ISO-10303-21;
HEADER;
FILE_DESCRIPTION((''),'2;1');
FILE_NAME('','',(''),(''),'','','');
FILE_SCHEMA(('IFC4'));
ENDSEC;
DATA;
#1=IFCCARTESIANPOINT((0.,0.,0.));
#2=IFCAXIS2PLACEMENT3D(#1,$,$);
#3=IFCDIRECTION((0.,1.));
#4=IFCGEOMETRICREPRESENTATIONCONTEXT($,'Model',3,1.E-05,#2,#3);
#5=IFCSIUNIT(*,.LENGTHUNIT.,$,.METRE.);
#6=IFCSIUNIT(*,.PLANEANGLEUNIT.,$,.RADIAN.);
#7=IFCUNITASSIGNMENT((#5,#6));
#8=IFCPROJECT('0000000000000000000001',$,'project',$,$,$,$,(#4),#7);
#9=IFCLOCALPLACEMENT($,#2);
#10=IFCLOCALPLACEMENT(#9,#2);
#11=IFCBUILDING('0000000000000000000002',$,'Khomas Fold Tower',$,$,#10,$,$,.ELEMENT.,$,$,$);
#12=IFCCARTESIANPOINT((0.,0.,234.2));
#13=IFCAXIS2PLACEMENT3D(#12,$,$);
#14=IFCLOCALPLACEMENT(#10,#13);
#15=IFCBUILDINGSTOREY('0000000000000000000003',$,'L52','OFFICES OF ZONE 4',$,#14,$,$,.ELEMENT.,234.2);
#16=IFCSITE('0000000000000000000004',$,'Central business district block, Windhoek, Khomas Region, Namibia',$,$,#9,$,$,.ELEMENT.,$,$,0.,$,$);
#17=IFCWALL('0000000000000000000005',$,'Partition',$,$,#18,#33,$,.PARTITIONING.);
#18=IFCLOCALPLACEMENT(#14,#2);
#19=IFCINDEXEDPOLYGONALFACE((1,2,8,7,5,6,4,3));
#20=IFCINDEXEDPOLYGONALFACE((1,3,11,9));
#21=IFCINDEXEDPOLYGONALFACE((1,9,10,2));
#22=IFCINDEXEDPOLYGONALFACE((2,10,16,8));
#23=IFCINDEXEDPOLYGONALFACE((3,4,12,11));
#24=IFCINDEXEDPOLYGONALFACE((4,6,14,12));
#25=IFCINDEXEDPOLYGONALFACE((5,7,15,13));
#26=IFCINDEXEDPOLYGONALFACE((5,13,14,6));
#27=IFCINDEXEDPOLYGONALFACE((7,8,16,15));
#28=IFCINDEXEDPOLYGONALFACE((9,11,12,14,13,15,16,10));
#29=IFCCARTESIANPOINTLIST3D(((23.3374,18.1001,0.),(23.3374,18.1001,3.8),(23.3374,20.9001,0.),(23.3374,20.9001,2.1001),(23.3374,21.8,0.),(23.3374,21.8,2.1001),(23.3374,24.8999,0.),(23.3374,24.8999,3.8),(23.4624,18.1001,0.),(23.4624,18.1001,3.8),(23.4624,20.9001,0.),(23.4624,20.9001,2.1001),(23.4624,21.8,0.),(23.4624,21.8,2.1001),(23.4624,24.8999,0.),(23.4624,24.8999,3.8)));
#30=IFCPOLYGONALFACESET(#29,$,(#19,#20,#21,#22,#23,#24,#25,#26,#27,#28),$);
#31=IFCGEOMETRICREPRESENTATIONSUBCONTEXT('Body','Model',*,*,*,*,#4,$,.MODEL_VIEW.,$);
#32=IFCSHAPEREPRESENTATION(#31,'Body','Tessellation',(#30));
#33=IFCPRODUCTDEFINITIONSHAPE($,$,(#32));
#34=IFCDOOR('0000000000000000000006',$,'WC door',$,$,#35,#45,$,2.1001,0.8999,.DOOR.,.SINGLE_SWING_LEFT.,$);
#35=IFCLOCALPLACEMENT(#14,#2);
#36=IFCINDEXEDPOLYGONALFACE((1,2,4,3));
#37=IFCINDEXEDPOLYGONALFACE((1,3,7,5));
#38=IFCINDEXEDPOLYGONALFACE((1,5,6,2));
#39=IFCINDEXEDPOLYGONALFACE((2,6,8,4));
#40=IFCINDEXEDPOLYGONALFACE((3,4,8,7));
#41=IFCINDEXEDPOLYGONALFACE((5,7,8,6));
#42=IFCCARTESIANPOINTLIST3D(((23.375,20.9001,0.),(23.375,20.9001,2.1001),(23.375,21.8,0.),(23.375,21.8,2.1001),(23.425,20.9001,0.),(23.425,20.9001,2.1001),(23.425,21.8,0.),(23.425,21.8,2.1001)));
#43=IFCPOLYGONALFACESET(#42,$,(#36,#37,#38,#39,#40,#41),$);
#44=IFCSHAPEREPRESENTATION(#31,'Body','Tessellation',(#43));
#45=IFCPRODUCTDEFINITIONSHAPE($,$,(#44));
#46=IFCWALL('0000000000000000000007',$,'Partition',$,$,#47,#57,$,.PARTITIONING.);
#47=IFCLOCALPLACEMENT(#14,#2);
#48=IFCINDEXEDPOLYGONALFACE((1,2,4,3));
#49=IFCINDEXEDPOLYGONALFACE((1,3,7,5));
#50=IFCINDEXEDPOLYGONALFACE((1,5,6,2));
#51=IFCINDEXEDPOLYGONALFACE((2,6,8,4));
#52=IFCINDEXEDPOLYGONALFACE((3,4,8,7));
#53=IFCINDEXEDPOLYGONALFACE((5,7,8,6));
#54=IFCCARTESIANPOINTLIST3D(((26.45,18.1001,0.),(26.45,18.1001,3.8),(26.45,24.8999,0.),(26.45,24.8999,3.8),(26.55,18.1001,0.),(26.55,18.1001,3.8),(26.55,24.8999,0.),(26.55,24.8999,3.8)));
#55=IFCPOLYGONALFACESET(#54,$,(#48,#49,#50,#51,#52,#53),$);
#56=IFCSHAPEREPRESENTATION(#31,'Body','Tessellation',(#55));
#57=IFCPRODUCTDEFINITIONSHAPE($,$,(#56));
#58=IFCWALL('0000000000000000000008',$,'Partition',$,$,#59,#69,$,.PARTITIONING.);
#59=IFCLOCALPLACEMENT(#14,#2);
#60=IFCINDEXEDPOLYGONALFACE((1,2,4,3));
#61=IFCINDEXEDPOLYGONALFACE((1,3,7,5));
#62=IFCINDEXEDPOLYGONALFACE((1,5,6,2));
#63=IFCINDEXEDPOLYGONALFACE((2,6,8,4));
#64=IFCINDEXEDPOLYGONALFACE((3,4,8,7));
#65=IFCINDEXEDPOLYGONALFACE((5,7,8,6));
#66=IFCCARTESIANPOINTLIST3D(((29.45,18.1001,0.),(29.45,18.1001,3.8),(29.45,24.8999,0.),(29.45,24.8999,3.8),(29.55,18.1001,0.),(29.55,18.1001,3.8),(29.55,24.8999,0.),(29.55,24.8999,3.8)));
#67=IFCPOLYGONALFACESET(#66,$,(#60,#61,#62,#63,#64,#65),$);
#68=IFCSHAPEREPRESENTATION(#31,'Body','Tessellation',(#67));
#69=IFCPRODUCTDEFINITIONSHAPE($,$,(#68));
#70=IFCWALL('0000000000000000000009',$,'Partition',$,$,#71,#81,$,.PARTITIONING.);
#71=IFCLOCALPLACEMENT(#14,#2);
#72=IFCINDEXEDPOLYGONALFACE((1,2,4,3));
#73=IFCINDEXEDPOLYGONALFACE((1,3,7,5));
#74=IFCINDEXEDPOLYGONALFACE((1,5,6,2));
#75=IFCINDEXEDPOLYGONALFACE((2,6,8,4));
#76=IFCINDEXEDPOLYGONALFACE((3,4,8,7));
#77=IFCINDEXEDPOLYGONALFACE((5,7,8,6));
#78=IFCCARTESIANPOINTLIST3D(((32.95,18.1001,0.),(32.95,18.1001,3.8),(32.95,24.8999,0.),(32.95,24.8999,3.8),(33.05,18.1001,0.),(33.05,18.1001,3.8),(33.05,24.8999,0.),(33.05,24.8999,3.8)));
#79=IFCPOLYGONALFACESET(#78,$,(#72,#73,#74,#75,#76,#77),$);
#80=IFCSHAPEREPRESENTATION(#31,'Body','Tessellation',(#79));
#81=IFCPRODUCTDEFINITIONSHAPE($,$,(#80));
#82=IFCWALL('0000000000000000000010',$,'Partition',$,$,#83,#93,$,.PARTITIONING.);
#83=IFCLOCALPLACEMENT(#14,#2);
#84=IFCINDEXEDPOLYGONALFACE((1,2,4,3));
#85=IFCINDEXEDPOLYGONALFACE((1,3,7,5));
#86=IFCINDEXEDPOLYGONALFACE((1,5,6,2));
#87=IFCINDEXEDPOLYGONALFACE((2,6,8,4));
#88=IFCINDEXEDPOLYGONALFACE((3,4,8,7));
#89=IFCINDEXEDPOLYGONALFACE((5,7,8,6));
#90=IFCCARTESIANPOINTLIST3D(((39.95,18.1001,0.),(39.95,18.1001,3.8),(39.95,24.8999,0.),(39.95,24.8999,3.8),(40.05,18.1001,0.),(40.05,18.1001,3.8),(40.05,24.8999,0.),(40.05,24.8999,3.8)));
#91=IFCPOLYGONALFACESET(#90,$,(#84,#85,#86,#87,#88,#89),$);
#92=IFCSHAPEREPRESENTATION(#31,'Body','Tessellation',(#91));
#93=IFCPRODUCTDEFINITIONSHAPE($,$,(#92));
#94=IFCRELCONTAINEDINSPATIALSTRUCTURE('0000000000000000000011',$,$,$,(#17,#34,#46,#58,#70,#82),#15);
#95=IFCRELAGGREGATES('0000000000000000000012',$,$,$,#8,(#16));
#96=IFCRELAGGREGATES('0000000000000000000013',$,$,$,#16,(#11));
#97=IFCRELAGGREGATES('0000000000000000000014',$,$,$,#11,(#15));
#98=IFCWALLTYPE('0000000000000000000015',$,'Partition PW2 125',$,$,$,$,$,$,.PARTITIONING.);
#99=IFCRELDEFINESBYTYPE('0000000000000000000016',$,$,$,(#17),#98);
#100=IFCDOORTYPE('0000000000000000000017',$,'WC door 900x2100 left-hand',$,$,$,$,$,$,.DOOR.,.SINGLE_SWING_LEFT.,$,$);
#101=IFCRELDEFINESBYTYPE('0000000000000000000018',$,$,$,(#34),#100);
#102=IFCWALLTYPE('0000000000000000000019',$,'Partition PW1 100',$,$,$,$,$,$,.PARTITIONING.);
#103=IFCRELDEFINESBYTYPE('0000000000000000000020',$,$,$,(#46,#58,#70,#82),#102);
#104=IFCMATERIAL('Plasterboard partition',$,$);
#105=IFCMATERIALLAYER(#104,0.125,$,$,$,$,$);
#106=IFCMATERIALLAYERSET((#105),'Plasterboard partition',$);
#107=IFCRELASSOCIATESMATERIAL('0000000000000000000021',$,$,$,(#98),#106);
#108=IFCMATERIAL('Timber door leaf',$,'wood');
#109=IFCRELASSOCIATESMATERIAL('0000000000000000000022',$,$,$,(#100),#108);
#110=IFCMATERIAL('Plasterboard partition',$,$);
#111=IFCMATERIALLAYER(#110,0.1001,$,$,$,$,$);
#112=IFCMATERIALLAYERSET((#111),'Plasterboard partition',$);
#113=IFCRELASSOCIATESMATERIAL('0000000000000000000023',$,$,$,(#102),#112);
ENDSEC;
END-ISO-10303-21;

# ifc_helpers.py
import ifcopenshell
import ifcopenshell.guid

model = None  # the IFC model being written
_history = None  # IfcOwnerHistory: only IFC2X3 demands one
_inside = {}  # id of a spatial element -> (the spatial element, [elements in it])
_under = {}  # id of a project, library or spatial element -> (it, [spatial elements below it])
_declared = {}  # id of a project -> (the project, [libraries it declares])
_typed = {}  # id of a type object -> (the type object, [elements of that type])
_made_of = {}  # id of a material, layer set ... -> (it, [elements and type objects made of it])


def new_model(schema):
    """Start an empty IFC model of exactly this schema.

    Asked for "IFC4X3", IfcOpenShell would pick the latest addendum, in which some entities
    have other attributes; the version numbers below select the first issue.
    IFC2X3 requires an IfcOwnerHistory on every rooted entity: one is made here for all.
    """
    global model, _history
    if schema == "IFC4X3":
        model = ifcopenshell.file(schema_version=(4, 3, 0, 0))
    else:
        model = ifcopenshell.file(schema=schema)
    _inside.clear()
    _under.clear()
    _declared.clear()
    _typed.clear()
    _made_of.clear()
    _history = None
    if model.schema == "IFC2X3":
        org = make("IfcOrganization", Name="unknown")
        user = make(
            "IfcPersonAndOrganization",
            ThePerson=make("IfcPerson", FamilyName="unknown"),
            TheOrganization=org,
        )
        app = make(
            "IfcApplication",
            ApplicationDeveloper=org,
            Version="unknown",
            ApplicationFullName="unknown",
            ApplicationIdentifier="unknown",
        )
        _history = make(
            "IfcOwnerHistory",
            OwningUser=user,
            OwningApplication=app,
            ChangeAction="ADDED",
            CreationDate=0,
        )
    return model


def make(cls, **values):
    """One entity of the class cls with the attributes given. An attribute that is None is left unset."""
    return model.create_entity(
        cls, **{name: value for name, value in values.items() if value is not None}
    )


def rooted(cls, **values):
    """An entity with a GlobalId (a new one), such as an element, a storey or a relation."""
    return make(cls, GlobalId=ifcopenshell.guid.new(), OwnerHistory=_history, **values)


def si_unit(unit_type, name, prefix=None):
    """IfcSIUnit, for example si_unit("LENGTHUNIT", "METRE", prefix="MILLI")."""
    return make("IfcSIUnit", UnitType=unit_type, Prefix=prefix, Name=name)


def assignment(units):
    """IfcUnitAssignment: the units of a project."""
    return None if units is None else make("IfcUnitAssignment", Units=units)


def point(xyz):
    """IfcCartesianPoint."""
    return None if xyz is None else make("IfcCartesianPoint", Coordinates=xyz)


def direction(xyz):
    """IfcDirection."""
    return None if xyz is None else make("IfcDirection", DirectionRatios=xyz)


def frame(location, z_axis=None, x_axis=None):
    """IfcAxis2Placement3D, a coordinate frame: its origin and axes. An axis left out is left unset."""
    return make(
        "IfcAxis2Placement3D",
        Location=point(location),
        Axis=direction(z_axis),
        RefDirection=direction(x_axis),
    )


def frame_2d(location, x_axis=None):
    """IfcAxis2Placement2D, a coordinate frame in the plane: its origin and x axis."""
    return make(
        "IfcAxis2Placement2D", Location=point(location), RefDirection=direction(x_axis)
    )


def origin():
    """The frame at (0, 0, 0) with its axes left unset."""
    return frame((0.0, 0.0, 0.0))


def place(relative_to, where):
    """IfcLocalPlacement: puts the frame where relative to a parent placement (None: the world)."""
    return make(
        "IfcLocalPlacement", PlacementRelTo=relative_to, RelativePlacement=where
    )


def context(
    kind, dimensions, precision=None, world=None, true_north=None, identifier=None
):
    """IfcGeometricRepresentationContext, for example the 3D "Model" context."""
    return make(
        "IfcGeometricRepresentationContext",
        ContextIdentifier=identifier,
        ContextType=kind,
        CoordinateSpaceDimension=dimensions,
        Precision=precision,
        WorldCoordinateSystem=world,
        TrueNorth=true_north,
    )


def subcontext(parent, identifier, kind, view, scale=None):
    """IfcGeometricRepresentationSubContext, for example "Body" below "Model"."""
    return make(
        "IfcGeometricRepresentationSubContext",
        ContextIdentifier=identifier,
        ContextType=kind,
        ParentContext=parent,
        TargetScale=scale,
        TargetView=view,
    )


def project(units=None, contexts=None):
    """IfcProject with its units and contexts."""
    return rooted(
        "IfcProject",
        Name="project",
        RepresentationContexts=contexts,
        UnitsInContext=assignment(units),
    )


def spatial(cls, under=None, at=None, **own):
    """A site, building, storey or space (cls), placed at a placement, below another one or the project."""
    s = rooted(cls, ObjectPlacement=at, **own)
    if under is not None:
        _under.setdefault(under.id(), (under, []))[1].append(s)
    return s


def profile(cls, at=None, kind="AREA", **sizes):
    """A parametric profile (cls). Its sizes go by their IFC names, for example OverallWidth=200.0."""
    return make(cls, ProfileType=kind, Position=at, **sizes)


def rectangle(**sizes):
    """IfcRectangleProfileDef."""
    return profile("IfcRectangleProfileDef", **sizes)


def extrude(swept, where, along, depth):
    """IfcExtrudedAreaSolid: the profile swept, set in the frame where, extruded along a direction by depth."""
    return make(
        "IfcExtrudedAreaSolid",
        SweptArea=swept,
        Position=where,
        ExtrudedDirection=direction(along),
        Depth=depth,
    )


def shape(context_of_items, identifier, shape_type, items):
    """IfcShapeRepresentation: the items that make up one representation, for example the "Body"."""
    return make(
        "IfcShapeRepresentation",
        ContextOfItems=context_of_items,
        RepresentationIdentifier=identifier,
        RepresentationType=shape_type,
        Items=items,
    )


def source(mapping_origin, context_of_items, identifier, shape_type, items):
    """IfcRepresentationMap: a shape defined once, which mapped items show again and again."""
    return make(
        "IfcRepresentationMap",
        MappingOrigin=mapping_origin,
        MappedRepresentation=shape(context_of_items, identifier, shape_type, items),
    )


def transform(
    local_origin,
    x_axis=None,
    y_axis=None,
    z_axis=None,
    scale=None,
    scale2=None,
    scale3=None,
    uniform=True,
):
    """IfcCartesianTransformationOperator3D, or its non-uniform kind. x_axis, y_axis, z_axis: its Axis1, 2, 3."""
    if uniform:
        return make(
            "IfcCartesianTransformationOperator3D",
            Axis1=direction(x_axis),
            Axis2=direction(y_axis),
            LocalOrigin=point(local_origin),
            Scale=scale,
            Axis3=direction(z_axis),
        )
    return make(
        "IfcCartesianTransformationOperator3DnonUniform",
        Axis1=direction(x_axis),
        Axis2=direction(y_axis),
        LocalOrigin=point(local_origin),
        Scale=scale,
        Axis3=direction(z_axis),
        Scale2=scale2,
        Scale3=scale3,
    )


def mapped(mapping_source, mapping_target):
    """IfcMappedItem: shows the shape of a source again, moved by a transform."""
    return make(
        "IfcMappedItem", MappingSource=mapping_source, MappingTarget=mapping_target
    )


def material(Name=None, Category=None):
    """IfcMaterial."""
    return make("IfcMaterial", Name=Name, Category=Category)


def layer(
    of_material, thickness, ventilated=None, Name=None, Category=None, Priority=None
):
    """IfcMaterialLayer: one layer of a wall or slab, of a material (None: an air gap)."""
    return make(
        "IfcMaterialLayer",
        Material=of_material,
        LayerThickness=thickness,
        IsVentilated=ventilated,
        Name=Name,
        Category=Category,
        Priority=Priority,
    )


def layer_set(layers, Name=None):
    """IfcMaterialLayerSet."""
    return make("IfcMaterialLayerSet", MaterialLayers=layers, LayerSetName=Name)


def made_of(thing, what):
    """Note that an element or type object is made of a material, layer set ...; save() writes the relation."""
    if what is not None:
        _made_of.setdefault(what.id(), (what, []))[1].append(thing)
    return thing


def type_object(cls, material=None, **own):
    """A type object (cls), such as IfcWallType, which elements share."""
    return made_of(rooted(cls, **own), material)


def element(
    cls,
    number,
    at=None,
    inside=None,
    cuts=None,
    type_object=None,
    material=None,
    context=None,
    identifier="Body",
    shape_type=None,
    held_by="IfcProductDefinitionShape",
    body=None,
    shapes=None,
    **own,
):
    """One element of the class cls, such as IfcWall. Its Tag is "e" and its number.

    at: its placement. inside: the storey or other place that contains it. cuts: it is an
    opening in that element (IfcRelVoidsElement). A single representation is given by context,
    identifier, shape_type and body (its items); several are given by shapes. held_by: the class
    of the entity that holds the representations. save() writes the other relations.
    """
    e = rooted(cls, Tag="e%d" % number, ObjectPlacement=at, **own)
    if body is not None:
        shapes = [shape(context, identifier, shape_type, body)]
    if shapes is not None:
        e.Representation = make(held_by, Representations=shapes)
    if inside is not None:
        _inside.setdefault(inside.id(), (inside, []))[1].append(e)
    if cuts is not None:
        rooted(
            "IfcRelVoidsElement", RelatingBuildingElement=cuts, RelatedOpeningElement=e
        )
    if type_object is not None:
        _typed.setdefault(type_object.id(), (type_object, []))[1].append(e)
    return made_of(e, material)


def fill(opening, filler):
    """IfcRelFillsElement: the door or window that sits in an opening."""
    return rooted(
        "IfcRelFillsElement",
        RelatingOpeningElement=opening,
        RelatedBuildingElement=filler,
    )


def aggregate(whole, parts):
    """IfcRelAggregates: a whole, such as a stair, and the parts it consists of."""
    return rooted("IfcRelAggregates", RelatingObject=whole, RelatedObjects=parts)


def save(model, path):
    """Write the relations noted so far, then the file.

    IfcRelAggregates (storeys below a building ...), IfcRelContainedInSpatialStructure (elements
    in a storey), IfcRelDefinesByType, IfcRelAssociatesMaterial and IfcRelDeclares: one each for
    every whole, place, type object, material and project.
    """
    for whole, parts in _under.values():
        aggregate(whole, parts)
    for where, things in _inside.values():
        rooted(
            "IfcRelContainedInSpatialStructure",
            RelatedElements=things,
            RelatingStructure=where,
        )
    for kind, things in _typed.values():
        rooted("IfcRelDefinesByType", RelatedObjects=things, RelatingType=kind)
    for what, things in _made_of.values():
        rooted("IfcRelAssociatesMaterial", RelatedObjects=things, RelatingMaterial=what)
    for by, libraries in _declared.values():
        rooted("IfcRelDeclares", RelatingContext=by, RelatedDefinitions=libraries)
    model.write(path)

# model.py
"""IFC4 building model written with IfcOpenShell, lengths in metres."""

from ifc_helpers import new_model, si_unit, direction, frame, frame_2d, origin, place, context, subcontext, project, spatial, rectangle, extrude, source, transform, mapped, material, layer, layer_set, type_object, element, fill, save


model = new_model("IFC4")

# Units and contexts
model_context = context("Model", 3, precision=1e-05, world=origin(), true_north=direction((0.0, 1.0)))
body_context = subcontext(model_context, "Body", "Model", "MODEL_VIEW")
ifc_project = project(units=[si_unit("LENGTHUNIT", "METRE"), si_unit("PLANEANGLEUNIT", "RADIAN")], contexts=[model_context])

# Site, building, storey
site_placement = place(None, origin())
site = spatial("IfcSite", under=ifc_project, at=site_placement, Name="Central business district block, Windhoek, Khomas Region, Namibia", CompositionType="ELEMENT", RefElevation=0.0)
building_placement = place(site_placement, origin())
building = spatial("IfcBuilding", under=site, at=building_placement, Name="Khomas Fold Tower", CompositionType="ELEMENT")
storey_placement = place(building_placement, frame((0.0, 0.0, 234.2)))
storey = spatial("IfcBuildingStorey", under=building, at=storey_placement, Name="L52", Description="OFFICES OF ZONE 4", CompositionType="ELEMENT", Elevation=234.2)

# Shared definitions
ifc_material_1 = material(Name="Plasterboard partition")
ifc_layer_1 = layer(ifc_material_1, 0.125)
ifc_layer_set_1 = layer_set([ifc_layer_1], Name="Plasterboard partition")
wall_type_1 = type_object("IfcWallType", Name="Partition PW2 125", PredefinedType="PARTITIONING", material=ifc_layer_set_1)
shared_shape_1 = source(origin(), body_context, "Body", "SweptSolid", [
    extrude(rectangle(XDim=0.8999, YDim=2.1001, at=frame_2d((0.45, 1.05))), frame((0.0, 0.0725, 0.0), z_axis=(0.0, -1.0, 0.0), x_axis=(1.0, 0.0, 0.0)), (0.0, 0.0, 1.0), 0.145),
])
shared_shape_2 = source(origin(), body_context, "Body", "SweptSolid", [
    extrude(rectangle(XDim=0.8999, YDim=2.1001, at=frame_2d((0.45, 1.05))), frame((0.0, 0.0249, 0.0), z_axis=(0.0, -1.0, 0.0), x_axis=(1.0, 0.0, 0.0)), (0.0, 0.0, 1.0), 0.05),
])

# Wall, opening, door
shared_shape_3 = source(origin(), body_context, "Body", "SweptSolid", [
    extrude(rectangle(XDim=6.7998, YDim=0.125, at=frame_2d((3.3999, 0.0))), origin(), (0.0, 0.0, 1.0), 3.8),
])
wall_1_placement = place(storey_placement, frame((23.3999, 18.1001, 0.0), z_axis=(0.0, 0.0, 1.0), x_axis=(0.0, 1.0, 0.0)))
wall_1 = element("IfcWall", 1, at=wall_1_placement, inside=storey, type_object=wall_type_1, Name="Partition", PredefinedType="PARTITIONING", context=body_context, shape_type="MappedRepresentation", body=[
    mapped(shared_shape_3, transform((0.0, 0.0, 0.0))),
])
opening_1_placement = place(wall_1_placement, frame((2.8, 0.0, 0.0)))
opening_1 = element("IfcOpeningElement", 2, at=opening_1_placement, cuts=wall_1, PredefinedType="OPENING", context=body_context, shape_type="MappedRepresentation", body=[
    mapped(shared_shape_1, transform((0.0, 0.0, 0.0))),
])
ifc_material_2 = material(Name="Timber door leaf", Category="wood")
door_type_1 = type_object("IfcDoorType", Name="WC door 900x2100 left-hand", OperationType="SINGLE_SWING_LEFT", PredefinedType="DOOR", material=ifc_material_2)
door_1_placement = place(opening_1_placement, origin())
door_1 = element("IfcDoor", 3, at=door_1_placement, inside=storey, type_object=door_type_1, Name="WC door", OperationType="SINGLE_SWING_LEFT", OverallHeight=2.1001, OverallWidth=0.8999, PredefinedType="DOOR", context=body_context, shape_type="MappedRepresentation", body=[
    mapped(shared_shape_2, transform((0.0, 0.0, 0.0))),
])
fill(opening_1, door_1)

# Walls
ifc_material_3 = material(Name="Plasterboard partition")
ifc_layer_2 = layer(ifc_material_3, 0.1001)
ifc_layer_set_2 = layer_set([ifc_layer_2], Name="Plasterboard partition")
wall_type_2 = type_object("IfcWallType", Name="Partition PW1 100", PredefinedType="PARTITIONING", material=ifc_layer_set_2)
shared_shape_4 = source(origin(), body_context, "Body", "SweptSolid", [
    extrude(rectangle(XDim=6.7998, YDim=0.1001, at=frame_2d((3.3999, 0.0))), origin(), (0.0, 0.0, 1.0), 3.8),
])
for number, where, z_axis, x_axis, name in (
    (4, (26.5, 18.1001, 0.0), (0.0, 0.0, 1.0), (0.0, 1.0, 0.0), "Partition"),
    (5, (29.5, 18.1001, 0.0), (0.0, 0.0, 1.0), (0.0, 1.0, 0.0), "Partition"),
    (6, (33.0, 18.1001, 0.0), (0.0, 0.0, 1.0), (0.0, 1.0, 0.0), "Partition"),
    (7, (40.0, 18.1001, 0.0), (0.0, 0.0, 1.0), (0.0, 1.0, 0.0), "Partition"),
):
    element("IfcWall", number, at=place(storey_placement, frame(where, z_axis=z_axis, x_axis=x_axis)), inside=storey, type_object=wall_type_2, Name=name, PredefinedType="PARTITIONING", context=body_context, shape_type="MappedRepresentation", body=[
        mapped(shared_shape_4, transform((0.0, 0.0, 0.0))),
    ])

save(model, "model.ifc")
